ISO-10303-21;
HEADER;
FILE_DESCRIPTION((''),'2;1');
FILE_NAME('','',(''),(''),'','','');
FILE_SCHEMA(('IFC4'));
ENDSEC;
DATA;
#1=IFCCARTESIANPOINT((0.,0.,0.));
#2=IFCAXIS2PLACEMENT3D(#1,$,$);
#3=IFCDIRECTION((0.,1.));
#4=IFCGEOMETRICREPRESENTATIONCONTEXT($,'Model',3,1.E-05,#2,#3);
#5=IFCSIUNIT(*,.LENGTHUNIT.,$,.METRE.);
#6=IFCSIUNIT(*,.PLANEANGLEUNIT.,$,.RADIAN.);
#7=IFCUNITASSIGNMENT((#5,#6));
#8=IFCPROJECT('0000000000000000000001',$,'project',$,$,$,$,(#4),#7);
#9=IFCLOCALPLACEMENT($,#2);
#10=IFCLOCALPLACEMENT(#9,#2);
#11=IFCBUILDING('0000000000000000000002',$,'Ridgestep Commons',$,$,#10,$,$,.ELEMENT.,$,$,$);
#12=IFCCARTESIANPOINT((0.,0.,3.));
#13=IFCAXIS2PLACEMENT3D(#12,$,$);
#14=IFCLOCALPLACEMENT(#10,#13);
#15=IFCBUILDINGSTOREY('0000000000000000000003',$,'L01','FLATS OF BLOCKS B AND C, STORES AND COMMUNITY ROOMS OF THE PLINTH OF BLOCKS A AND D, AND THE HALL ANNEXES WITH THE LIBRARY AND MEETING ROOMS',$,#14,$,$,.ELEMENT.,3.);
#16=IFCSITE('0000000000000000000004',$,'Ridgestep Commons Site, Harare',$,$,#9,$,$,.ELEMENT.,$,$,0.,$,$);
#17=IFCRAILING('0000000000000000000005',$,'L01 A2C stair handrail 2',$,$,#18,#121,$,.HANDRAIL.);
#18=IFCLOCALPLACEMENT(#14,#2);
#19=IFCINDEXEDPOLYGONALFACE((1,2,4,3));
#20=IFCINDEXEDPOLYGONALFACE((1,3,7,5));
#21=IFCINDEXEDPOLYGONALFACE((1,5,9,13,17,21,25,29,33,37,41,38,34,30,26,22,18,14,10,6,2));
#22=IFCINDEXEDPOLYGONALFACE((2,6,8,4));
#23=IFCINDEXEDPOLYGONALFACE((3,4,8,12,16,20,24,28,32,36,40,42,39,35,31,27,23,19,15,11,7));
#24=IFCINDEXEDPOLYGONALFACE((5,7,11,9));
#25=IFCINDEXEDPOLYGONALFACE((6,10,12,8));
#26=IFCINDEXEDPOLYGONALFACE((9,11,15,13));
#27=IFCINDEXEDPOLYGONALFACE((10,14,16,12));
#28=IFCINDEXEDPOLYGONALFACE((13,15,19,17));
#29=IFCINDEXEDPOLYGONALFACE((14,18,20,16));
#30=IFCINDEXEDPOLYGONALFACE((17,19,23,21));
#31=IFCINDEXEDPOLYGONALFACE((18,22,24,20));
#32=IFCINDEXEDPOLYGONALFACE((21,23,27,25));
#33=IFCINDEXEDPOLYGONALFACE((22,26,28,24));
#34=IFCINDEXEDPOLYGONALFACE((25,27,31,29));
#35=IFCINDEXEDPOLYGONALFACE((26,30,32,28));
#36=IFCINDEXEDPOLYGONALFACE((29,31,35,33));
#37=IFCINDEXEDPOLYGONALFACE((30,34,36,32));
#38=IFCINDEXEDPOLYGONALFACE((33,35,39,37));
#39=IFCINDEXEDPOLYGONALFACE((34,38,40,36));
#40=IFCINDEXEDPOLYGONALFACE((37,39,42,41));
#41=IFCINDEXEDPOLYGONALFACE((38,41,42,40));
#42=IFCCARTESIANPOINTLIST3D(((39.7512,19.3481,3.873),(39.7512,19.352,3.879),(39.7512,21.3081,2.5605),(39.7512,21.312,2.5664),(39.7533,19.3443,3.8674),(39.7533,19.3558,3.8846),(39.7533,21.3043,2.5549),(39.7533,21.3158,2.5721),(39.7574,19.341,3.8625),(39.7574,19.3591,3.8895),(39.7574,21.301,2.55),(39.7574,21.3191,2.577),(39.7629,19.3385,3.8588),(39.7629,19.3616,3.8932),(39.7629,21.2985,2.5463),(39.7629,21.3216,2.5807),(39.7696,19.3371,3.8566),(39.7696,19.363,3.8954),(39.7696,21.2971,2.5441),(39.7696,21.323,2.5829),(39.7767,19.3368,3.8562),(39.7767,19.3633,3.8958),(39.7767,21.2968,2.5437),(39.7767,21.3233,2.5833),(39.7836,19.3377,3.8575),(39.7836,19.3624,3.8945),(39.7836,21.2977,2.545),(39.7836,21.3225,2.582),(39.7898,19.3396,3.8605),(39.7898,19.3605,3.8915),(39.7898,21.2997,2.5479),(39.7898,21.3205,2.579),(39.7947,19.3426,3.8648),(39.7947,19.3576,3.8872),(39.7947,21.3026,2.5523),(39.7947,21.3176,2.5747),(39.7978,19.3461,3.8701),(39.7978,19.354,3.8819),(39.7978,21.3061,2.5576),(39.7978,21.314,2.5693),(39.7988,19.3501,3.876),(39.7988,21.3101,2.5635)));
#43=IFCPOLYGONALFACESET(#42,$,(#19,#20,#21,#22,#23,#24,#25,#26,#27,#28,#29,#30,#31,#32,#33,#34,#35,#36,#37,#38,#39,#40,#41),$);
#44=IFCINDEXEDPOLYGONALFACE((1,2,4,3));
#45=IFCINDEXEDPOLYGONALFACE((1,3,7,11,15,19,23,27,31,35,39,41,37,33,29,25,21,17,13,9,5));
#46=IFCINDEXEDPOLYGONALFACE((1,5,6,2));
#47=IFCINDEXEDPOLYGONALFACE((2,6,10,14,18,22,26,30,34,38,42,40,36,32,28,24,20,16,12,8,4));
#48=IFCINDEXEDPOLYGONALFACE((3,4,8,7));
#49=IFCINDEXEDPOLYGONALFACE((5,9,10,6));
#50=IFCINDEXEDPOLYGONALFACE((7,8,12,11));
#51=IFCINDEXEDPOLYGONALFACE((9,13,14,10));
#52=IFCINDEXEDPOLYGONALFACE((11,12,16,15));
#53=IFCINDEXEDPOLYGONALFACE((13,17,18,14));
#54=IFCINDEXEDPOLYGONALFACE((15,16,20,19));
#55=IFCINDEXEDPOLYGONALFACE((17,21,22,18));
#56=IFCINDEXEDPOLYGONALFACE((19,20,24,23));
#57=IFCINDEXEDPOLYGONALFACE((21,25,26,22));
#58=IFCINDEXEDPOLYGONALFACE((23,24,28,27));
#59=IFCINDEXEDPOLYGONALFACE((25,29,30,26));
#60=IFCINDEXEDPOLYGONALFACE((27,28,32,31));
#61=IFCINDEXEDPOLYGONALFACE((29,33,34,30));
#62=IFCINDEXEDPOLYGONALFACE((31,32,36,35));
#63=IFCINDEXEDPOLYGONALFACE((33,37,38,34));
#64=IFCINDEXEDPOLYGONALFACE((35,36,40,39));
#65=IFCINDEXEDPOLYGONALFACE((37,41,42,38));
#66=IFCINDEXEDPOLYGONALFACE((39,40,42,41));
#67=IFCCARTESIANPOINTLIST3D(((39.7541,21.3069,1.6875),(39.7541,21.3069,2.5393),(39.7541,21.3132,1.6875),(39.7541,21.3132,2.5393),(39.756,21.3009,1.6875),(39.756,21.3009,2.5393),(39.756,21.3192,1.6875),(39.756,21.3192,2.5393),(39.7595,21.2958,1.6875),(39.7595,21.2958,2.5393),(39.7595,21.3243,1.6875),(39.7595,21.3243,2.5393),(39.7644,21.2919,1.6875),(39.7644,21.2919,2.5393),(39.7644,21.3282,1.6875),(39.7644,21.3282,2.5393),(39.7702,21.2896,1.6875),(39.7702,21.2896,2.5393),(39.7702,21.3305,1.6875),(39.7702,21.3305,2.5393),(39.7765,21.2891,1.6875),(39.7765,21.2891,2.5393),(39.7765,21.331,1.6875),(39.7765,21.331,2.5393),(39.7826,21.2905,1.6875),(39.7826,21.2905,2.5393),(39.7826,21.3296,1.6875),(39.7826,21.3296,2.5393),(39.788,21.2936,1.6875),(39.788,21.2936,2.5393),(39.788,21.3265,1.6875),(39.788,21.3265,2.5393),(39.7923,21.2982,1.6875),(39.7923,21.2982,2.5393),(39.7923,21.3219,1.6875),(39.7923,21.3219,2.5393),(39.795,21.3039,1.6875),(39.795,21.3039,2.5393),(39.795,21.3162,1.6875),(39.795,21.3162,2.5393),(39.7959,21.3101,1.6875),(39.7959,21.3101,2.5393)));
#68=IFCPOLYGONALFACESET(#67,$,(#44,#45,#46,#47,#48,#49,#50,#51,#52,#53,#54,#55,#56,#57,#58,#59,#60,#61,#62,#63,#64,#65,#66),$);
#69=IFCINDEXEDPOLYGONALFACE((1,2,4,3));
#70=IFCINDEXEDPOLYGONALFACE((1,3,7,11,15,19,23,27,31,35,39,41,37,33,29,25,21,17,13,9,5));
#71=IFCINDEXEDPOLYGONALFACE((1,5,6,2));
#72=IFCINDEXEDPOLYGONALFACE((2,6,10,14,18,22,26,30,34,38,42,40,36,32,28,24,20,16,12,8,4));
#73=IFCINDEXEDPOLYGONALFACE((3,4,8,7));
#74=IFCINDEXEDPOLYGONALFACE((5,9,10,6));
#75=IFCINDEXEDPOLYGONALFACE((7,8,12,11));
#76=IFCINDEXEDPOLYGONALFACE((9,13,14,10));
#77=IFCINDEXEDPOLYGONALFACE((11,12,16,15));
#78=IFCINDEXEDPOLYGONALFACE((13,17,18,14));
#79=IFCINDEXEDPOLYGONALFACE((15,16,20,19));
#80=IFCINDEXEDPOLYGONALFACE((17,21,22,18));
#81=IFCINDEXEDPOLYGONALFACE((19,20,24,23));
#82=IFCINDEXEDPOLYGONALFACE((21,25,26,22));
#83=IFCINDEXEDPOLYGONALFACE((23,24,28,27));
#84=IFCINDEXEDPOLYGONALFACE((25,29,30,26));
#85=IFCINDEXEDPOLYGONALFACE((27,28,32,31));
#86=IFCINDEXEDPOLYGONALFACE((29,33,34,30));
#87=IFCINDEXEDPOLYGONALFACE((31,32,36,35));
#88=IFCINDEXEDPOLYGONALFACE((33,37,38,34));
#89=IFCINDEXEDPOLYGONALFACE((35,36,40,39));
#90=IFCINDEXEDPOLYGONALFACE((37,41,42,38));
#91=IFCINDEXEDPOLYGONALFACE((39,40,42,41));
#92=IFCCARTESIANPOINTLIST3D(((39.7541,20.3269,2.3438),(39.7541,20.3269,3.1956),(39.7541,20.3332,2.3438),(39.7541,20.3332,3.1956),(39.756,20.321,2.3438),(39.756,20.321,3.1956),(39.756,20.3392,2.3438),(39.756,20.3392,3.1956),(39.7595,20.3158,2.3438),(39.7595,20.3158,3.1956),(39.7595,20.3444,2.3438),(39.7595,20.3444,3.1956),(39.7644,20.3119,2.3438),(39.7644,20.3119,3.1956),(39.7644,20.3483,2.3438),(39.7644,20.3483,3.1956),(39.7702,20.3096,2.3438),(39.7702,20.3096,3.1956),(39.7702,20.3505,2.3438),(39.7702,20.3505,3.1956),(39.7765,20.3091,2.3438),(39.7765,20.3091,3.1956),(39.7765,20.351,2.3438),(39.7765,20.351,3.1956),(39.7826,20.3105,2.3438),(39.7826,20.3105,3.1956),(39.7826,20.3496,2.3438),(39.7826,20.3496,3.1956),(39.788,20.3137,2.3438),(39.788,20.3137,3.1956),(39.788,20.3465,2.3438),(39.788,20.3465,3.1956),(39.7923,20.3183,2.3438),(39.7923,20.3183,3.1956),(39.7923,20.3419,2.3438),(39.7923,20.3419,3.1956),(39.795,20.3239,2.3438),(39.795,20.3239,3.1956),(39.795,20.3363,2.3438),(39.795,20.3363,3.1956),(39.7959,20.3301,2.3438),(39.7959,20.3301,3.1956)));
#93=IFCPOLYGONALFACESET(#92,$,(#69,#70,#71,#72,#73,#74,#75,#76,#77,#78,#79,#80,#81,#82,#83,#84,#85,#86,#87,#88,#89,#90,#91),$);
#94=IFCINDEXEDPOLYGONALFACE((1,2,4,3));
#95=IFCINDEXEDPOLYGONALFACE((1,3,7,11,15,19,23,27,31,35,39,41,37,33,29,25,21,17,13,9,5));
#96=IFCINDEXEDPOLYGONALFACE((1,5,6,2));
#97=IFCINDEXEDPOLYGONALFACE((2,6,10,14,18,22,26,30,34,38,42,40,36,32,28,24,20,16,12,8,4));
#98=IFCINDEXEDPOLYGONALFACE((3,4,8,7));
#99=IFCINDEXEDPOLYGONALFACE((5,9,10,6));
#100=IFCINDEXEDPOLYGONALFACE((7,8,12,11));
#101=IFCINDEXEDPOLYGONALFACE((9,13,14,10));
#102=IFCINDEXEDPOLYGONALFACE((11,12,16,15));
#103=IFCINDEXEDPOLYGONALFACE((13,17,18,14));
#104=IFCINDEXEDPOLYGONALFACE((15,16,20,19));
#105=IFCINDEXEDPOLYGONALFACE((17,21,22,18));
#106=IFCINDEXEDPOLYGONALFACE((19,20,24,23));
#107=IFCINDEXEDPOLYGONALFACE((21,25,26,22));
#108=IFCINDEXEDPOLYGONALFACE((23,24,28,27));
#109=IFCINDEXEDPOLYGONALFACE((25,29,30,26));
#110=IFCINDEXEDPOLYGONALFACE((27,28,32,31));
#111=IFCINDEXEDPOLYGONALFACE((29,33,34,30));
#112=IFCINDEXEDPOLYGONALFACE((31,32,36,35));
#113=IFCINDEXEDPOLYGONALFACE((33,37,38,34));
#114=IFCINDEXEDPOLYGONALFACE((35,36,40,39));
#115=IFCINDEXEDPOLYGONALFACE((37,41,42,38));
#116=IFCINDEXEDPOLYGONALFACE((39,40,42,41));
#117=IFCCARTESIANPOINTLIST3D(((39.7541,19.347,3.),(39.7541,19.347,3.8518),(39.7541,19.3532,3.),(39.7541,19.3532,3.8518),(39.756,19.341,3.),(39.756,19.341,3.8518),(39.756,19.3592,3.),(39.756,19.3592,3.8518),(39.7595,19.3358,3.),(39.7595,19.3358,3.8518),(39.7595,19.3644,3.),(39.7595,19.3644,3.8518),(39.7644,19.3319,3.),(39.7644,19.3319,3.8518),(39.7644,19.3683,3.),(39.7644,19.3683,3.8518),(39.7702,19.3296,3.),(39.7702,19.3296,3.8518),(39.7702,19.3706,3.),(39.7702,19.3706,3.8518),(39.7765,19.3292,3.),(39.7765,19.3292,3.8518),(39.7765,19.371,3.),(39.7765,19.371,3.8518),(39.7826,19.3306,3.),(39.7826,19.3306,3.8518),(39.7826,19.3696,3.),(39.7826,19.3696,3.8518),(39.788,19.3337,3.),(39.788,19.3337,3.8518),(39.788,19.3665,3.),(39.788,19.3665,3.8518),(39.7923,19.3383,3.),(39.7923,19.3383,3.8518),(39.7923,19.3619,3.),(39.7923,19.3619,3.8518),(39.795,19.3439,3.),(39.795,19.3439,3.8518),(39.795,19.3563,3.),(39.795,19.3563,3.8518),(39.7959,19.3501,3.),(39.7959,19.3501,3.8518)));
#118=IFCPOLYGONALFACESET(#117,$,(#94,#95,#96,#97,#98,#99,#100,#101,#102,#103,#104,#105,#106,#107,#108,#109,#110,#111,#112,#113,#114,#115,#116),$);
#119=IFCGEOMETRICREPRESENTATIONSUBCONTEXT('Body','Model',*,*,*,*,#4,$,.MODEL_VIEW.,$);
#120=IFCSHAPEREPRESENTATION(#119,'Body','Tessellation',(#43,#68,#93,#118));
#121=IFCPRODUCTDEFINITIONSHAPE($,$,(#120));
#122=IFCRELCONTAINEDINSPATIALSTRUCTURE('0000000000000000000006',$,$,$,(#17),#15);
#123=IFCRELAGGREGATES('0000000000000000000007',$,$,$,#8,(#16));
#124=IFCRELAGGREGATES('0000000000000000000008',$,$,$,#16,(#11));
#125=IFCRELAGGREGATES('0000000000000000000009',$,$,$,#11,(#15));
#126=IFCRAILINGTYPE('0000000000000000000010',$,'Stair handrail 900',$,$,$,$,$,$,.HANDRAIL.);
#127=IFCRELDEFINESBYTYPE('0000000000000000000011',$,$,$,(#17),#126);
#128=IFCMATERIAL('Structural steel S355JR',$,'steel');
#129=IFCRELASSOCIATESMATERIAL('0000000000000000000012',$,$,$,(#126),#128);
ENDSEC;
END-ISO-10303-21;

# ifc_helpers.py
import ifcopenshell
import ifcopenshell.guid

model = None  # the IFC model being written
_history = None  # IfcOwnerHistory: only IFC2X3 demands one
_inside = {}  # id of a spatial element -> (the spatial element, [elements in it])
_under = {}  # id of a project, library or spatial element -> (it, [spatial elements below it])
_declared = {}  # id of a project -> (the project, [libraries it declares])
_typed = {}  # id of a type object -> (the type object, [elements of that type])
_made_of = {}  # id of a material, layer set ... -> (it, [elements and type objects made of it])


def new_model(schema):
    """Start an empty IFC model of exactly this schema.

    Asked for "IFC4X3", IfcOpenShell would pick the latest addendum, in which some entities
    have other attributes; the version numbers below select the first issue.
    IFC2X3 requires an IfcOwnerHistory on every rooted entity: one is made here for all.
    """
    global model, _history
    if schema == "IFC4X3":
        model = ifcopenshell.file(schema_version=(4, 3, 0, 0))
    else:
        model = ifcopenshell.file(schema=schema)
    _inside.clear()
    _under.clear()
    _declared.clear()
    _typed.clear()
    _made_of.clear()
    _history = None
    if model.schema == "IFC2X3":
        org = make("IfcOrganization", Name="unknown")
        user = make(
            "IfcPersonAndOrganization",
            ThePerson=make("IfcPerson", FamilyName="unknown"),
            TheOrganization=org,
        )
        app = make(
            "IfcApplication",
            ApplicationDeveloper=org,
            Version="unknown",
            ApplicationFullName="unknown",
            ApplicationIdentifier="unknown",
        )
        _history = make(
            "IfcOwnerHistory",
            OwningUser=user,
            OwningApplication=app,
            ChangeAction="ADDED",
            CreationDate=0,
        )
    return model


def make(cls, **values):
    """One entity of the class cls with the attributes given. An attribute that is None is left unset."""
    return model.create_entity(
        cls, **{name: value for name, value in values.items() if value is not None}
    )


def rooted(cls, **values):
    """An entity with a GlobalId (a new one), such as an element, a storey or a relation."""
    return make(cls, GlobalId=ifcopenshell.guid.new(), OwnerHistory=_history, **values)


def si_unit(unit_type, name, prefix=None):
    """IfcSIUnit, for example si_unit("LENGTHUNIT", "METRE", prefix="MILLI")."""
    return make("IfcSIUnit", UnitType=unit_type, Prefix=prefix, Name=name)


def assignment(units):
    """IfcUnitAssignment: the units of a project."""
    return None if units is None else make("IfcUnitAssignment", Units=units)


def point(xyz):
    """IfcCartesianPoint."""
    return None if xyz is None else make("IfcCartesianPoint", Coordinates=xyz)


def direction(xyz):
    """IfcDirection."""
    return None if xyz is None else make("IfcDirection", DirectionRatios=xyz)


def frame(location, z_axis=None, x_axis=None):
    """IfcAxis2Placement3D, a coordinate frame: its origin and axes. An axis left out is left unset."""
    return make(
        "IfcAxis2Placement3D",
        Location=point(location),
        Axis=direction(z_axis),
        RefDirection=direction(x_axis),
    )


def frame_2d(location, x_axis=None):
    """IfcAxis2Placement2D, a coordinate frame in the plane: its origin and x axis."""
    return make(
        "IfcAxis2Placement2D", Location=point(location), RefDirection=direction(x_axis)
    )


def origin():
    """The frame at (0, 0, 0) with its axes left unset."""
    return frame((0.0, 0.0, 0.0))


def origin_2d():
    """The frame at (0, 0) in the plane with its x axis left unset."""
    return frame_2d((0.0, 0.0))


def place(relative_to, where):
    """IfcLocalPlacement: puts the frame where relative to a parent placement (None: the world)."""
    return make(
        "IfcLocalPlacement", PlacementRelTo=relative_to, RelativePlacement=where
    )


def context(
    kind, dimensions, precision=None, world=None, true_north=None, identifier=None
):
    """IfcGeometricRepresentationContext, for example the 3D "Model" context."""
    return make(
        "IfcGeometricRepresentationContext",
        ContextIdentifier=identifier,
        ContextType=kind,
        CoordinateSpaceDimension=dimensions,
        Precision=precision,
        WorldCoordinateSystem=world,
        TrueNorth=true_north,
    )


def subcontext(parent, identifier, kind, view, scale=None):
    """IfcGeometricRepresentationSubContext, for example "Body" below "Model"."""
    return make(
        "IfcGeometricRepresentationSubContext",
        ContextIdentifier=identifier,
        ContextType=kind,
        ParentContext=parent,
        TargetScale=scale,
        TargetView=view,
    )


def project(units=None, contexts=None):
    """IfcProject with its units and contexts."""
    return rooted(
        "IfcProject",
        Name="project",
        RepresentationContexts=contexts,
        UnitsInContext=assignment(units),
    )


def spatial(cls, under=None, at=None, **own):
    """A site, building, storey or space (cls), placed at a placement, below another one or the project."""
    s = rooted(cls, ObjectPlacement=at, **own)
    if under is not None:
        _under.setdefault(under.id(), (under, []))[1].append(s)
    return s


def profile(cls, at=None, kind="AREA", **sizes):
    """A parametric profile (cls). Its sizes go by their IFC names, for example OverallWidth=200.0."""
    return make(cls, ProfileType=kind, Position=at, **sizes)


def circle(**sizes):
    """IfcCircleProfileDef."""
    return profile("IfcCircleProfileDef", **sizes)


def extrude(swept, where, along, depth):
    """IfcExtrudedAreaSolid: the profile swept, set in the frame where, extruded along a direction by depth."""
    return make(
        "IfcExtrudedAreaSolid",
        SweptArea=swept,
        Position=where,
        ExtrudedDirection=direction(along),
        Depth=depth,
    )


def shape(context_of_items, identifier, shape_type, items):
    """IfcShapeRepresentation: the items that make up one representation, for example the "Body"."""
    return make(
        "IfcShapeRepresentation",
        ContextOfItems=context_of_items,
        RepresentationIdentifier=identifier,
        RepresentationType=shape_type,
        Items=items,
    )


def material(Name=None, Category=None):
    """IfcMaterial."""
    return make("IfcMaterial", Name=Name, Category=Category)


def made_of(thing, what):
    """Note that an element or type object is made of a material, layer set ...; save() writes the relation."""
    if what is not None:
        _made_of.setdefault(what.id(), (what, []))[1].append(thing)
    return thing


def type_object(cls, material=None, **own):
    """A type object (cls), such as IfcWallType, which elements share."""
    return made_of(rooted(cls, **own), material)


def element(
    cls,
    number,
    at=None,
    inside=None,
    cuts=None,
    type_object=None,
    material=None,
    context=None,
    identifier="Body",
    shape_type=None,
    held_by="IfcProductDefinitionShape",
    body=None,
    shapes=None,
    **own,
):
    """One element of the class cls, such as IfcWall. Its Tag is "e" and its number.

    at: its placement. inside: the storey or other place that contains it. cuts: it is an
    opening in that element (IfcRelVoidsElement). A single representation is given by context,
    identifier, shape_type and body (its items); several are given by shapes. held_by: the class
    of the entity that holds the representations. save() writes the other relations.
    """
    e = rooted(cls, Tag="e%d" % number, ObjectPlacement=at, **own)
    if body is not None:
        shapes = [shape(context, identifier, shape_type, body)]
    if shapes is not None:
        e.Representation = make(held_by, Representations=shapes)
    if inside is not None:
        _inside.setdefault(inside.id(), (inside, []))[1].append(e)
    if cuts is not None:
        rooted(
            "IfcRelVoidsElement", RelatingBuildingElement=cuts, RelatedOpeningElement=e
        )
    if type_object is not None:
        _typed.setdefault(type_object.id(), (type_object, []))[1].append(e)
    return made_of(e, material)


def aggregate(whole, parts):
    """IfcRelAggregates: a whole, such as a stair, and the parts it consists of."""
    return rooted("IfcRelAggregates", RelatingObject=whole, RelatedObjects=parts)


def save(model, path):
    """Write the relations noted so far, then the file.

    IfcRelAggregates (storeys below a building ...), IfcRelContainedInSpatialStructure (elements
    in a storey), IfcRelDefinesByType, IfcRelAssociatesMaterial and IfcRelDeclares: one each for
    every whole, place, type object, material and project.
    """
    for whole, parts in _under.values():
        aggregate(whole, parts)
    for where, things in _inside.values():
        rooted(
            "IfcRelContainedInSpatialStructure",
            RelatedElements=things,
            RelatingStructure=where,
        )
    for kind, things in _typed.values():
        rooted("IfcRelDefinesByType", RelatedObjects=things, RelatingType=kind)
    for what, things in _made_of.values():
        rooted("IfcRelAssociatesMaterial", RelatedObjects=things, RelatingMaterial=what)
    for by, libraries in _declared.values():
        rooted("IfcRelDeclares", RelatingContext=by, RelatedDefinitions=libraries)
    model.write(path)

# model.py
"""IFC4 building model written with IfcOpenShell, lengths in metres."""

from ifc_helpers import new_model, si_unit, direction, frame, origin, origin_2d, place, context, subcontext, project, spatial, circle, extrude, material, type_object, element, save


model = new_model("IFC4")

# Units and contexts
model_context = context("Model", 3, precision=1e-05, world=origin(), true_north=direction((0.0, 1.0)))
body_context = subcontext(model_context, "Body", "Model", "MODEL_VIEW")
ifc_project = project(units=[si_unit("LENGTHUNIT", "METRE"), si_unit("PLANEANGLEUNIT", "RADIAN")], contexts=[model_context])

# Site, building, storey
site_placement = place(None, origin())
site = spatial("IfcSite", under=ifc_project, at=site_placement, Name="Ridgestep Commons Site, Harare", CompositionType="ELEMENT", RefElevation=0.0)
building_placement = place(site_placement, origin())
building = spatial("IfcBuilding", under=site, at=building_placement, Name="Ridgestep Commons", CompositionType="ELEMENT")
storey_placement = place(building_placement, frame((0.0, 0.0, 3.0)))
storey = spatial("IfcBuildingStorey", under=building, at=storey_placement, Name="L01", Description="FLATS OF BLOCKS B AND C, STORES AND COMMUNITY ROOMS OF THE PLINTH OF BLOCKS A AND D, AND THE HALL ANNEXES WITH THE LIBRARY AND MEETING ROOMS", CompositionType="ELEMENT", Elevation=3.0)

# Railing
ifc_material_1 = material(Name="Structural steel S355JR", Category="steel")
railing_type_1 = type_object("IfcRailingType", Name="Stair handrail 900", PredefinedType="HANDRAIL", material=ifc_material_1)
railing_1_placement = place(storey_placement, frame((39.7749, 21.3101, 1.6875)))
element("IfcRailing", 1, at=railing_1_placement, inside=storey, type_object=railing_type_1, Name="L01 A2C stair handrail 2", PredefinedType="HANDRAIL", context=body_context, shape_type="SweptSolid", body=[
    extrude(circle(Radius=0.0239, at=origin_2d()), frame((0.0, 0.0, 0.876), z_axis=(0.0, -0.830902, 0.556419), x_axis=(1.0, 0.0, 0.0)), (0.0, 0.0, 1.0), 2.3589),
    extrude(circle(Radius=0.021, at=origin_2d()), origin(), (0.0, 0.0, 1.0), 0.8518),
    extrude(circle(Radius=0.021, at=origin_2d()), frame((0.0, -0.98, 0.6562)), (0.0, 0.0, 1.0), 0.8518),
    extrude(circle(Radius=0.021, at=origin_2d()), frame((0.0, -1.96, 1.3125)), (0.0, 0.0, 1.0), 0.8518),
])

save(model, "model.ifc")
